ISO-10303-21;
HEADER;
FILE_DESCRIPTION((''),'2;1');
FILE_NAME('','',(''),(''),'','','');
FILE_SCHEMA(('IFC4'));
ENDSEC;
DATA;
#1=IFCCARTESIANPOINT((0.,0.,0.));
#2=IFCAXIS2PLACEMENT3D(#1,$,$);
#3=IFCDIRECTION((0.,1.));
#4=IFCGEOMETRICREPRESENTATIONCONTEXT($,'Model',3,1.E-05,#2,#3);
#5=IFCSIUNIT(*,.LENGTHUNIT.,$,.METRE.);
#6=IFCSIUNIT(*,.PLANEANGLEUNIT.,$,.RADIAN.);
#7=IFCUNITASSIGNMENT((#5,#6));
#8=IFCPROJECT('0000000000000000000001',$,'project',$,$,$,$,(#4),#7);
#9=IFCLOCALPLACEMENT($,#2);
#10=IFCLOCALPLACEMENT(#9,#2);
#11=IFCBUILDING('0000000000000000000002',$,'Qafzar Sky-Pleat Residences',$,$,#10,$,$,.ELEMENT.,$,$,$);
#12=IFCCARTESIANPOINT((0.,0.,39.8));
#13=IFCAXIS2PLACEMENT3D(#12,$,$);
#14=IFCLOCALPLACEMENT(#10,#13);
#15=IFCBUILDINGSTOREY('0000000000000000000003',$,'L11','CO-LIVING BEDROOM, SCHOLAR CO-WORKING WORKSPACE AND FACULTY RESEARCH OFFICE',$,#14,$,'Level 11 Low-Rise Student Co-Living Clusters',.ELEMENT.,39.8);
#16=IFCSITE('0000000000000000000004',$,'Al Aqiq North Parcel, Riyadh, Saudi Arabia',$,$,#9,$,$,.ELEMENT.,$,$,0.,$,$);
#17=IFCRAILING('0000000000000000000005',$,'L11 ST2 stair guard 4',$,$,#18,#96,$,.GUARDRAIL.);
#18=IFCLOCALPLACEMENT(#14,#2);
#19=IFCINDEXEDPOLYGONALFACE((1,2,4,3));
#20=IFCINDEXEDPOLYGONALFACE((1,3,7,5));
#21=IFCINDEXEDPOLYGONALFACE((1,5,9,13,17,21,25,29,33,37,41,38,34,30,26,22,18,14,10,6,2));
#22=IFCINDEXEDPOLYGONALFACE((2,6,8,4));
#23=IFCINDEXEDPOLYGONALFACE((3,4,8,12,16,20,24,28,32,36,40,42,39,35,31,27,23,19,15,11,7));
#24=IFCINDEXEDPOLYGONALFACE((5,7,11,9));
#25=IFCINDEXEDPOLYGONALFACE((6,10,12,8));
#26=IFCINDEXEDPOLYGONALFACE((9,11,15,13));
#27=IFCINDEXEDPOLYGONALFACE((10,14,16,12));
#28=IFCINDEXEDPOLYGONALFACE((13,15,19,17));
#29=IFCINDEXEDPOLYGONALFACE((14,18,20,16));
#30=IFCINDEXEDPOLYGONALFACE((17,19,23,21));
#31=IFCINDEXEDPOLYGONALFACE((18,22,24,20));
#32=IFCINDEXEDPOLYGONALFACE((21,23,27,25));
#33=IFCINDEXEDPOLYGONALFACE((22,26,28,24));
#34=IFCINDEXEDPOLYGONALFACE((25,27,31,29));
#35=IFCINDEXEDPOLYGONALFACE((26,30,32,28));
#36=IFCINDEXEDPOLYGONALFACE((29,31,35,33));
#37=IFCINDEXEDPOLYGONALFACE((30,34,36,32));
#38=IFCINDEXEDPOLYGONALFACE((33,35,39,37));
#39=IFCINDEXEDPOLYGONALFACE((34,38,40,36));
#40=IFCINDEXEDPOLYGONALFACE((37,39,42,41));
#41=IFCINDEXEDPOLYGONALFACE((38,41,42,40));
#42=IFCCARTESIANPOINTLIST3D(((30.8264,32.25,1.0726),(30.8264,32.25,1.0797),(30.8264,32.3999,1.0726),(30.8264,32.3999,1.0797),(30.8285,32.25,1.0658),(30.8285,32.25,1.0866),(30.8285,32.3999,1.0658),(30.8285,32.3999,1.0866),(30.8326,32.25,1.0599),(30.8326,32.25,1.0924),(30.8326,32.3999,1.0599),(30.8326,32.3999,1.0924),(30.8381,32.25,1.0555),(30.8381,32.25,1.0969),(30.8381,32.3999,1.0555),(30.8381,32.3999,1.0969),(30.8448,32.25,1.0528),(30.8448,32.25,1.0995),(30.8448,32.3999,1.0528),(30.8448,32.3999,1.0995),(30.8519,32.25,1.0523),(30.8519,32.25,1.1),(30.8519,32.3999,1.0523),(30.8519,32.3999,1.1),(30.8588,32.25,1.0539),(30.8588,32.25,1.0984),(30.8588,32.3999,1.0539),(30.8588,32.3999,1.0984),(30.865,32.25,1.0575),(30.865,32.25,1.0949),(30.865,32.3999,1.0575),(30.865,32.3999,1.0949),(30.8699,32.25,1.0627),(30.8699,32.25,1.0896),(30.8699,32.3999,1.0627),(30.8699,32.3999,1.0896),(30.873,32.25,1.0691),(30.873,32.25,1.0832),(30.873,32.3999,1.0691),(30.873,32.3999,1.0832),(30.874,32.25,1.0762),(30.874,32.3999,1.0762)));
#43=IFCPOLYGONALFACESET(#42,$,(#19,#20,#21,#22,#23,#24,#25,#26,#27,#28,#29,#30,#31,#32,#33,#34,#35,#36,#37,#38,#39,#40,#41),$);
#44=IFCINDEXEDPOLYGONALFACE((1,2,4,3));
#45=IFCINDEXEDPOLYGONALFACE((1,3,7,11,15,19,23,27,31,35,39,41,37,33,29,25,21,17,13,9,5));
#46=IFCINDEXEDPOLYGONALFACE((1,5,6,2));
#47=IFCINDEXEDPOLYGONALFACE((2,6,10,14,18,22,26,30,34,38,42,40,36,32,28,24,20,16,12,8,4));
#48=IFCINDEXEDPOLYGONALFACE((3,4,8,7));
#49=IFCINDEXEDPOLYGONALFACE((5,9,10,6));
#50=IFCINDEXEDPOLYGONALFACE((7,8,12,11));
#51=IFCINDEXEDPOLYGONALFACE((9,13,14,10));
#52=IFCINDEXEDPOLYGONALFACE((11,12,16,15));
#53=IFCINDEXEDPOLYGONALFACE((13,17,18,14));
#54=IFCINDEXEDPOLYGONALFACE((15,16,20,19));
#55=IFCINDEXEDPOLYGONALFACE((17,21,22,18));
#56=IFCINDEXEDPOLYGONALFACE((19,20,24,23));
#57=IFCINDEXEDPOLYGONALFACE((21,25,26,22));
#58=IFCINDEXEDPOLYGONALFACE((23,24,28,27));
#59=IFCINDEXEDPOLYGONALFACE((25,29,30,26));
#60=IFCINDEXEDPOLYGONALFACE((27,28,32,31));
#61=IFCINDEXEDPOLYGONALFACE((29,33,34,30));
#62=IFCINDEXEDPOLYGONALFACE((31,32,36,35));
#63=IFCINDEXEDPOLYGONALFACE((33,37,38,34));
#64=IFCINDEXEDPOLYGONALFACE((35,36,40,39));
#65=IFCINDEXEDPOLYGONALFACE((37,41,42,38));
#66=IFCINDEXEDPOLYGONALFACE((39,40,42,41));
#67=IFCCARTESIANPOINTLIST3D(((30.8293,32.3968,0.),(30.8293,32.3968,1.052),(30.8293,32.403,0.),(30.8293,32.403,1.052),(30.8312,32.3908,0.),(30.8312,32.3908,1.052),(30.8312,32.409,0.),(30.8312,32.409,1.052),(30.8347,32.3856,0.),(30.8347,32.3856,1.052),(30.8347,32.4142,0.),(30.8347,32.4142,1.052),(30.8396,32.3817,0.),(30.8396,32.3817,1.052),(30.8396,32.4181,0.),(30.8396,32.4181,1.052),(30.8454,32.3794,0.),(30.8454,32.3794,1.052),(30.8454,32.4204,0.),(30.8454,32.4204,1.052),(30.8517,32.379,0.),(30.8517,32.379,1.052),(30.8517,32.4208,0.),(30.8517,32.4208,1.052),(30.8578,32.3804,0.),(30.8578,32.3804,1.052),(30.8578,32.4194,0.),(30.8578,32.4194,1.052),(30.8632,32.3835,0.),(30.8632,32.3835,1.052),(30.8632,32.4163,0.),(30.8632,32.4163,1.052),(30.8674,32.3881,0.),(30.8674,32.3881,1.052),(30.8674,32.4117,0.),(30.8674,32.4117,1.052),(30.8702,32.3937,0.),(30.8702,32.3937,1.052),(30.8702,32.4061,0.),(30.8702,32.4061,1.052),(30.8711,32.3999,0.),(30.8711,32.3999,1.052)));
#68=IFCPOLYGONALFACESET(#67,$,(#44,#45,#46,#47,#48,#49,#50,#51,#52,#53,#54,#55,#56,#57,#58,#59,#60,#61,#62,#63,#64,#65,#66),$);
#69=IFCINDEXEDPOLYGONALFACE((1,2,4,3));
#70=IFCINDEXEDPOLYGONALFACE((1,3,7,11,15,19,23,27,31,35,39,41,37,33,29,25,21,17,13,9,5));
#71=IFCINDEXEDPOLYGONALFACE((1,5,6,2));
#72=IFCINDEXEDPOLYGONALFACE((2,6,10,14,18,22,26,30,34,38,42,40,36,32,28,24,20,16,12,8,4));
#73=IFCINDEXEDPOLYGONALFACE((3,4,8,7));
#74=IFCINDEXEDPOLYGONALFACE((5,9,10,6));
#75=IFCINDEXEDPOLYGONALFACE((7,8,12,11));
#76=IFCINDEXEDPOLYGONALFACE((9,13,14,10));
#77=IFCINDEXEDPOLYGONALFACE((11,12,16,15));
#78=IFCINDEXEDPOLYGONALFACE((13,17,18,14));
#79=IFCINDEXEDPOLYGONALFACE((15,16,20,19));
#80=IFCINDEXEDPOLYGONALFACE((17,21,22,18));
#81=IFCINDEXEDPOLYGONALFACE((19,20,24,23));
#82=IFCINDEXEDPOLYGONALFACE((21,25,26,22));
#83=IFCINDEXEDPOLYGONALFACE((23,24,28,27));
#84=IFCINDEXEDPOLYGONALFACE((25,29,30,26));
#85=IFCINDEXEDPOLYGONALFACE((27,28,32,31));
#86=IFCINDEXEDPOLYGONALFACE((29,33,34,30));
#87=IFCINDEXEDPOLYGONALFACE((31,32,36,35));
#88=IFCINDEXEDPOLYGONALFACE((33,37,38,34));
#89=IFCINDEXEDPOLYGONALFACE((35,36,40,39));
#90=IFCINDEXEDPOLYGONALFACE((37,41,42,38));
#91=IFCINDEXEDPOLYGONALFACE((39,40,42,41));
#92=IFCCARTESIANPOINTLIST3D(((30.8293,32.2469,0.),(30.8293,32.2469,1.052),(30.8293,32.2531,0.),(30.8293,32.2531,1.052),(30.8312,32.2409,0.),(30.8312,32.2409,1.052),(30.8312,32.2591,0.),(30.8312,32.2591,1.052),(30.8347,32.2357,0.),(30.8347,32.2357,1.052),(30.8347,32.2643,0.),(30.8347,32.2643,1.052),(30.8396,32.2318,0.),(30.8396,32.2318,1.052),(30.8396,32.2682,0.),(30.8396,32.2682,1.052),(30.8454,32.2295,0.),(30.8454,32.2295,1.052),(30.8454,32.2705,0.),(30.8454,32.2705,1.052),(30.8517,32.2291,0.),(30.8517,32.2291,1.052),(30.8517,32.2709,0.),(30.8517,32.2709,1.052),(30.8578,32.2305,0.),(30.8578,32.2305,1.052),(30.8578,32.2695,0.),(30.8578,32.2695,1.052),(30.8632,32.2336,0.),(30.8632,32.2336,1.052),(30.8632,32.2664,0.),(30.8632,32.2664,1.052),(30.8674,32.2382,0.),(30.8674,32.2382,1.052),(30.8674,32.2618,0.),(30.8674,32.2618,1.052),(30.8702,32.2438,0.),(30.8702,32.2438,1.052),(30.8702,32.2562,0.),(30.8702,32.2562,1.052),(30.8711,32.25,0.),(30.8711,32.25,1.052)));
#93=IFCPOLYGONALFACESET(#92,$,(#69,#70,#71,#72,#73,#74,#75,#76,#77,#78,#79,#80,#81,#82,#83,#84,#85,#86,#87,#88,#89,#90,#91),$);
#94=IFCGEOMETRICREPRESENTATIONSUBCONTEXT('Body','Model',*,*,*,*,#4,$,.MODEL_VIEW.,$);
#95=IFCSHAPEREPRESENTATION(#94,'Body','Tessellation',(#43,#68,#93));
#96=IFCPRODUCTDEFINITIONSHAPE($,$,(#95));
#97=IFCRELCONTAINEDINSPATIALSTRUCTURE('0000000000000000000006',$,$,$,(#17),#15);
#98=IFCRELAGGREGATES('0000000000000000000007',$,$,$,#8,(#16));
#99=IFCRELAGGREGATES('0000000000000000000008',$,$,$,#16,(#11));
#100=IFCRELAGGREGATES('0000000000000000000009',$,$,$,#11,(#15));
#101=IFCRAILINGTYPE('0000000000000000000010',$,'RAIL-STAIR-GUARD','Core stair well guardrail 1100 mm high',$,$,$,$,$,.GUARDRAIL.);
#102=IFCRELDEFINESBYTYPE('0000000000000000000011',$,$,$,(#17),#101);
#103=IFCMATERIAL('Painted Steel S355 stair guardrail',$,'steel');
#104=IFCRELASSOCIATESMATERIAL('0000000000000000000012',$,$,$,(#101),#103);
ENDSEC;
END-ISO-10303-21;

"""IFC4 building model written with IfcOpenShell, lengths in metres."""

from ifc_helpers import new_model, si_unit, direction, frame, origin, origin_2d, place, context, subcontext, project, spatial, circle, extrude, source, transform, mapped, material, type_object, element, save


model = new_model("IFC4")

# Units and contexts
model_context = context("Model", 3, precision=1e-05, world=origin(), true_north=direction((0.0, 1.0)))
body_context = subcontext(model_context, "Body", "Model", "MODEL_VIEW")
ifc_project = project(units=[si_unit("LENGTHUNIT", "METRE"), si_unit("PLANEANGLEUNIT", "RADIAN")], contexts=[model_context])

# Site, building, storey
site_placement = place(None, origin())
site = spatial("IfcSite", under=ifc_project, at=site_placement, Name="Al Aqiq North Parcel, Riyadh, Saudi Arabia", CompositionType="ELEMENT", RefElevation=0.0)
building_placement = place(site_placement, origin())
building = spatial("IfcBuilding", under=site, at=building_placement, Name="Qafzar Sky-Pleat Residences", CompositionType="ELEMENT")
storey_placement = place(building_placement, frame((0.0, 0.0, 39.8)))
storey = spatial("IfcBuildingStorey", under=building, at=storey_placement, Name="L11", Description="CO-LIVING BEDROOM, SCHOLAR CO-WORKING WORKSPACE AND FACULTY RESEARCH OFFICE", LongName="Level 11 Low-Rise Student Co-Living Clusters", CompositionType="ELEMENT", Elevation=39.8)

# Railing
ifc_material_1 = material(Name="Painted Steel S355 stair guardrail", Category="steel")
railing_type_1 = type_object("IfcRailingType", Name="RAIL-STAIR-GUARD", Description="Core stair well guardrail 1100 mm high", PredefinedType="GUARDRAIL", material=ifc_material_1)
shared_shape_1 = source(origin(), body_context, "Body", "SweptSolid", [
    extrude(circle(Radius=0.0239, at=origin_2d()), frame((0.0, 0.0, 1.0762), z_axis=(0.0, -1.0, 0.0), x_axis=(1.0, 0.0, 0.0)), (0.0, 0.0, 1.0), 0.1499),
    extrude(circle(Radius=0.021, at=origin_2d()), origin(), (0.0, 0.0, 1.0), 1.052),
    extrude(circle(Radius=0.021, at=origin_2d()), frame((0.0, -0.1499, 0.0)), (0.0, 0.0, 1.0), 1.052),
])
railing_1_placement = place(storey_placement, frame((30.8501, 32.3999, 0.0)))
element("IfcRailing", 1, at=railing_1_placement, inside=storey, type_object=railing_type_1, Name="L11 ST2 stair guard 4", PredefinedType="GUARDRAIL", context=body_context, shape_type="MappedRepresentation", body=[
    mapped(shared_shape_1, transform((0.0, 0.0, 0.0), x_axis=(1.0, 0.0, 0.0), y_axis=(0.0, 1.0, 0.0), z_axis=(0.0, 0.0, 1.0), scale=1.0)),
])

save(model, "model.ifc")
